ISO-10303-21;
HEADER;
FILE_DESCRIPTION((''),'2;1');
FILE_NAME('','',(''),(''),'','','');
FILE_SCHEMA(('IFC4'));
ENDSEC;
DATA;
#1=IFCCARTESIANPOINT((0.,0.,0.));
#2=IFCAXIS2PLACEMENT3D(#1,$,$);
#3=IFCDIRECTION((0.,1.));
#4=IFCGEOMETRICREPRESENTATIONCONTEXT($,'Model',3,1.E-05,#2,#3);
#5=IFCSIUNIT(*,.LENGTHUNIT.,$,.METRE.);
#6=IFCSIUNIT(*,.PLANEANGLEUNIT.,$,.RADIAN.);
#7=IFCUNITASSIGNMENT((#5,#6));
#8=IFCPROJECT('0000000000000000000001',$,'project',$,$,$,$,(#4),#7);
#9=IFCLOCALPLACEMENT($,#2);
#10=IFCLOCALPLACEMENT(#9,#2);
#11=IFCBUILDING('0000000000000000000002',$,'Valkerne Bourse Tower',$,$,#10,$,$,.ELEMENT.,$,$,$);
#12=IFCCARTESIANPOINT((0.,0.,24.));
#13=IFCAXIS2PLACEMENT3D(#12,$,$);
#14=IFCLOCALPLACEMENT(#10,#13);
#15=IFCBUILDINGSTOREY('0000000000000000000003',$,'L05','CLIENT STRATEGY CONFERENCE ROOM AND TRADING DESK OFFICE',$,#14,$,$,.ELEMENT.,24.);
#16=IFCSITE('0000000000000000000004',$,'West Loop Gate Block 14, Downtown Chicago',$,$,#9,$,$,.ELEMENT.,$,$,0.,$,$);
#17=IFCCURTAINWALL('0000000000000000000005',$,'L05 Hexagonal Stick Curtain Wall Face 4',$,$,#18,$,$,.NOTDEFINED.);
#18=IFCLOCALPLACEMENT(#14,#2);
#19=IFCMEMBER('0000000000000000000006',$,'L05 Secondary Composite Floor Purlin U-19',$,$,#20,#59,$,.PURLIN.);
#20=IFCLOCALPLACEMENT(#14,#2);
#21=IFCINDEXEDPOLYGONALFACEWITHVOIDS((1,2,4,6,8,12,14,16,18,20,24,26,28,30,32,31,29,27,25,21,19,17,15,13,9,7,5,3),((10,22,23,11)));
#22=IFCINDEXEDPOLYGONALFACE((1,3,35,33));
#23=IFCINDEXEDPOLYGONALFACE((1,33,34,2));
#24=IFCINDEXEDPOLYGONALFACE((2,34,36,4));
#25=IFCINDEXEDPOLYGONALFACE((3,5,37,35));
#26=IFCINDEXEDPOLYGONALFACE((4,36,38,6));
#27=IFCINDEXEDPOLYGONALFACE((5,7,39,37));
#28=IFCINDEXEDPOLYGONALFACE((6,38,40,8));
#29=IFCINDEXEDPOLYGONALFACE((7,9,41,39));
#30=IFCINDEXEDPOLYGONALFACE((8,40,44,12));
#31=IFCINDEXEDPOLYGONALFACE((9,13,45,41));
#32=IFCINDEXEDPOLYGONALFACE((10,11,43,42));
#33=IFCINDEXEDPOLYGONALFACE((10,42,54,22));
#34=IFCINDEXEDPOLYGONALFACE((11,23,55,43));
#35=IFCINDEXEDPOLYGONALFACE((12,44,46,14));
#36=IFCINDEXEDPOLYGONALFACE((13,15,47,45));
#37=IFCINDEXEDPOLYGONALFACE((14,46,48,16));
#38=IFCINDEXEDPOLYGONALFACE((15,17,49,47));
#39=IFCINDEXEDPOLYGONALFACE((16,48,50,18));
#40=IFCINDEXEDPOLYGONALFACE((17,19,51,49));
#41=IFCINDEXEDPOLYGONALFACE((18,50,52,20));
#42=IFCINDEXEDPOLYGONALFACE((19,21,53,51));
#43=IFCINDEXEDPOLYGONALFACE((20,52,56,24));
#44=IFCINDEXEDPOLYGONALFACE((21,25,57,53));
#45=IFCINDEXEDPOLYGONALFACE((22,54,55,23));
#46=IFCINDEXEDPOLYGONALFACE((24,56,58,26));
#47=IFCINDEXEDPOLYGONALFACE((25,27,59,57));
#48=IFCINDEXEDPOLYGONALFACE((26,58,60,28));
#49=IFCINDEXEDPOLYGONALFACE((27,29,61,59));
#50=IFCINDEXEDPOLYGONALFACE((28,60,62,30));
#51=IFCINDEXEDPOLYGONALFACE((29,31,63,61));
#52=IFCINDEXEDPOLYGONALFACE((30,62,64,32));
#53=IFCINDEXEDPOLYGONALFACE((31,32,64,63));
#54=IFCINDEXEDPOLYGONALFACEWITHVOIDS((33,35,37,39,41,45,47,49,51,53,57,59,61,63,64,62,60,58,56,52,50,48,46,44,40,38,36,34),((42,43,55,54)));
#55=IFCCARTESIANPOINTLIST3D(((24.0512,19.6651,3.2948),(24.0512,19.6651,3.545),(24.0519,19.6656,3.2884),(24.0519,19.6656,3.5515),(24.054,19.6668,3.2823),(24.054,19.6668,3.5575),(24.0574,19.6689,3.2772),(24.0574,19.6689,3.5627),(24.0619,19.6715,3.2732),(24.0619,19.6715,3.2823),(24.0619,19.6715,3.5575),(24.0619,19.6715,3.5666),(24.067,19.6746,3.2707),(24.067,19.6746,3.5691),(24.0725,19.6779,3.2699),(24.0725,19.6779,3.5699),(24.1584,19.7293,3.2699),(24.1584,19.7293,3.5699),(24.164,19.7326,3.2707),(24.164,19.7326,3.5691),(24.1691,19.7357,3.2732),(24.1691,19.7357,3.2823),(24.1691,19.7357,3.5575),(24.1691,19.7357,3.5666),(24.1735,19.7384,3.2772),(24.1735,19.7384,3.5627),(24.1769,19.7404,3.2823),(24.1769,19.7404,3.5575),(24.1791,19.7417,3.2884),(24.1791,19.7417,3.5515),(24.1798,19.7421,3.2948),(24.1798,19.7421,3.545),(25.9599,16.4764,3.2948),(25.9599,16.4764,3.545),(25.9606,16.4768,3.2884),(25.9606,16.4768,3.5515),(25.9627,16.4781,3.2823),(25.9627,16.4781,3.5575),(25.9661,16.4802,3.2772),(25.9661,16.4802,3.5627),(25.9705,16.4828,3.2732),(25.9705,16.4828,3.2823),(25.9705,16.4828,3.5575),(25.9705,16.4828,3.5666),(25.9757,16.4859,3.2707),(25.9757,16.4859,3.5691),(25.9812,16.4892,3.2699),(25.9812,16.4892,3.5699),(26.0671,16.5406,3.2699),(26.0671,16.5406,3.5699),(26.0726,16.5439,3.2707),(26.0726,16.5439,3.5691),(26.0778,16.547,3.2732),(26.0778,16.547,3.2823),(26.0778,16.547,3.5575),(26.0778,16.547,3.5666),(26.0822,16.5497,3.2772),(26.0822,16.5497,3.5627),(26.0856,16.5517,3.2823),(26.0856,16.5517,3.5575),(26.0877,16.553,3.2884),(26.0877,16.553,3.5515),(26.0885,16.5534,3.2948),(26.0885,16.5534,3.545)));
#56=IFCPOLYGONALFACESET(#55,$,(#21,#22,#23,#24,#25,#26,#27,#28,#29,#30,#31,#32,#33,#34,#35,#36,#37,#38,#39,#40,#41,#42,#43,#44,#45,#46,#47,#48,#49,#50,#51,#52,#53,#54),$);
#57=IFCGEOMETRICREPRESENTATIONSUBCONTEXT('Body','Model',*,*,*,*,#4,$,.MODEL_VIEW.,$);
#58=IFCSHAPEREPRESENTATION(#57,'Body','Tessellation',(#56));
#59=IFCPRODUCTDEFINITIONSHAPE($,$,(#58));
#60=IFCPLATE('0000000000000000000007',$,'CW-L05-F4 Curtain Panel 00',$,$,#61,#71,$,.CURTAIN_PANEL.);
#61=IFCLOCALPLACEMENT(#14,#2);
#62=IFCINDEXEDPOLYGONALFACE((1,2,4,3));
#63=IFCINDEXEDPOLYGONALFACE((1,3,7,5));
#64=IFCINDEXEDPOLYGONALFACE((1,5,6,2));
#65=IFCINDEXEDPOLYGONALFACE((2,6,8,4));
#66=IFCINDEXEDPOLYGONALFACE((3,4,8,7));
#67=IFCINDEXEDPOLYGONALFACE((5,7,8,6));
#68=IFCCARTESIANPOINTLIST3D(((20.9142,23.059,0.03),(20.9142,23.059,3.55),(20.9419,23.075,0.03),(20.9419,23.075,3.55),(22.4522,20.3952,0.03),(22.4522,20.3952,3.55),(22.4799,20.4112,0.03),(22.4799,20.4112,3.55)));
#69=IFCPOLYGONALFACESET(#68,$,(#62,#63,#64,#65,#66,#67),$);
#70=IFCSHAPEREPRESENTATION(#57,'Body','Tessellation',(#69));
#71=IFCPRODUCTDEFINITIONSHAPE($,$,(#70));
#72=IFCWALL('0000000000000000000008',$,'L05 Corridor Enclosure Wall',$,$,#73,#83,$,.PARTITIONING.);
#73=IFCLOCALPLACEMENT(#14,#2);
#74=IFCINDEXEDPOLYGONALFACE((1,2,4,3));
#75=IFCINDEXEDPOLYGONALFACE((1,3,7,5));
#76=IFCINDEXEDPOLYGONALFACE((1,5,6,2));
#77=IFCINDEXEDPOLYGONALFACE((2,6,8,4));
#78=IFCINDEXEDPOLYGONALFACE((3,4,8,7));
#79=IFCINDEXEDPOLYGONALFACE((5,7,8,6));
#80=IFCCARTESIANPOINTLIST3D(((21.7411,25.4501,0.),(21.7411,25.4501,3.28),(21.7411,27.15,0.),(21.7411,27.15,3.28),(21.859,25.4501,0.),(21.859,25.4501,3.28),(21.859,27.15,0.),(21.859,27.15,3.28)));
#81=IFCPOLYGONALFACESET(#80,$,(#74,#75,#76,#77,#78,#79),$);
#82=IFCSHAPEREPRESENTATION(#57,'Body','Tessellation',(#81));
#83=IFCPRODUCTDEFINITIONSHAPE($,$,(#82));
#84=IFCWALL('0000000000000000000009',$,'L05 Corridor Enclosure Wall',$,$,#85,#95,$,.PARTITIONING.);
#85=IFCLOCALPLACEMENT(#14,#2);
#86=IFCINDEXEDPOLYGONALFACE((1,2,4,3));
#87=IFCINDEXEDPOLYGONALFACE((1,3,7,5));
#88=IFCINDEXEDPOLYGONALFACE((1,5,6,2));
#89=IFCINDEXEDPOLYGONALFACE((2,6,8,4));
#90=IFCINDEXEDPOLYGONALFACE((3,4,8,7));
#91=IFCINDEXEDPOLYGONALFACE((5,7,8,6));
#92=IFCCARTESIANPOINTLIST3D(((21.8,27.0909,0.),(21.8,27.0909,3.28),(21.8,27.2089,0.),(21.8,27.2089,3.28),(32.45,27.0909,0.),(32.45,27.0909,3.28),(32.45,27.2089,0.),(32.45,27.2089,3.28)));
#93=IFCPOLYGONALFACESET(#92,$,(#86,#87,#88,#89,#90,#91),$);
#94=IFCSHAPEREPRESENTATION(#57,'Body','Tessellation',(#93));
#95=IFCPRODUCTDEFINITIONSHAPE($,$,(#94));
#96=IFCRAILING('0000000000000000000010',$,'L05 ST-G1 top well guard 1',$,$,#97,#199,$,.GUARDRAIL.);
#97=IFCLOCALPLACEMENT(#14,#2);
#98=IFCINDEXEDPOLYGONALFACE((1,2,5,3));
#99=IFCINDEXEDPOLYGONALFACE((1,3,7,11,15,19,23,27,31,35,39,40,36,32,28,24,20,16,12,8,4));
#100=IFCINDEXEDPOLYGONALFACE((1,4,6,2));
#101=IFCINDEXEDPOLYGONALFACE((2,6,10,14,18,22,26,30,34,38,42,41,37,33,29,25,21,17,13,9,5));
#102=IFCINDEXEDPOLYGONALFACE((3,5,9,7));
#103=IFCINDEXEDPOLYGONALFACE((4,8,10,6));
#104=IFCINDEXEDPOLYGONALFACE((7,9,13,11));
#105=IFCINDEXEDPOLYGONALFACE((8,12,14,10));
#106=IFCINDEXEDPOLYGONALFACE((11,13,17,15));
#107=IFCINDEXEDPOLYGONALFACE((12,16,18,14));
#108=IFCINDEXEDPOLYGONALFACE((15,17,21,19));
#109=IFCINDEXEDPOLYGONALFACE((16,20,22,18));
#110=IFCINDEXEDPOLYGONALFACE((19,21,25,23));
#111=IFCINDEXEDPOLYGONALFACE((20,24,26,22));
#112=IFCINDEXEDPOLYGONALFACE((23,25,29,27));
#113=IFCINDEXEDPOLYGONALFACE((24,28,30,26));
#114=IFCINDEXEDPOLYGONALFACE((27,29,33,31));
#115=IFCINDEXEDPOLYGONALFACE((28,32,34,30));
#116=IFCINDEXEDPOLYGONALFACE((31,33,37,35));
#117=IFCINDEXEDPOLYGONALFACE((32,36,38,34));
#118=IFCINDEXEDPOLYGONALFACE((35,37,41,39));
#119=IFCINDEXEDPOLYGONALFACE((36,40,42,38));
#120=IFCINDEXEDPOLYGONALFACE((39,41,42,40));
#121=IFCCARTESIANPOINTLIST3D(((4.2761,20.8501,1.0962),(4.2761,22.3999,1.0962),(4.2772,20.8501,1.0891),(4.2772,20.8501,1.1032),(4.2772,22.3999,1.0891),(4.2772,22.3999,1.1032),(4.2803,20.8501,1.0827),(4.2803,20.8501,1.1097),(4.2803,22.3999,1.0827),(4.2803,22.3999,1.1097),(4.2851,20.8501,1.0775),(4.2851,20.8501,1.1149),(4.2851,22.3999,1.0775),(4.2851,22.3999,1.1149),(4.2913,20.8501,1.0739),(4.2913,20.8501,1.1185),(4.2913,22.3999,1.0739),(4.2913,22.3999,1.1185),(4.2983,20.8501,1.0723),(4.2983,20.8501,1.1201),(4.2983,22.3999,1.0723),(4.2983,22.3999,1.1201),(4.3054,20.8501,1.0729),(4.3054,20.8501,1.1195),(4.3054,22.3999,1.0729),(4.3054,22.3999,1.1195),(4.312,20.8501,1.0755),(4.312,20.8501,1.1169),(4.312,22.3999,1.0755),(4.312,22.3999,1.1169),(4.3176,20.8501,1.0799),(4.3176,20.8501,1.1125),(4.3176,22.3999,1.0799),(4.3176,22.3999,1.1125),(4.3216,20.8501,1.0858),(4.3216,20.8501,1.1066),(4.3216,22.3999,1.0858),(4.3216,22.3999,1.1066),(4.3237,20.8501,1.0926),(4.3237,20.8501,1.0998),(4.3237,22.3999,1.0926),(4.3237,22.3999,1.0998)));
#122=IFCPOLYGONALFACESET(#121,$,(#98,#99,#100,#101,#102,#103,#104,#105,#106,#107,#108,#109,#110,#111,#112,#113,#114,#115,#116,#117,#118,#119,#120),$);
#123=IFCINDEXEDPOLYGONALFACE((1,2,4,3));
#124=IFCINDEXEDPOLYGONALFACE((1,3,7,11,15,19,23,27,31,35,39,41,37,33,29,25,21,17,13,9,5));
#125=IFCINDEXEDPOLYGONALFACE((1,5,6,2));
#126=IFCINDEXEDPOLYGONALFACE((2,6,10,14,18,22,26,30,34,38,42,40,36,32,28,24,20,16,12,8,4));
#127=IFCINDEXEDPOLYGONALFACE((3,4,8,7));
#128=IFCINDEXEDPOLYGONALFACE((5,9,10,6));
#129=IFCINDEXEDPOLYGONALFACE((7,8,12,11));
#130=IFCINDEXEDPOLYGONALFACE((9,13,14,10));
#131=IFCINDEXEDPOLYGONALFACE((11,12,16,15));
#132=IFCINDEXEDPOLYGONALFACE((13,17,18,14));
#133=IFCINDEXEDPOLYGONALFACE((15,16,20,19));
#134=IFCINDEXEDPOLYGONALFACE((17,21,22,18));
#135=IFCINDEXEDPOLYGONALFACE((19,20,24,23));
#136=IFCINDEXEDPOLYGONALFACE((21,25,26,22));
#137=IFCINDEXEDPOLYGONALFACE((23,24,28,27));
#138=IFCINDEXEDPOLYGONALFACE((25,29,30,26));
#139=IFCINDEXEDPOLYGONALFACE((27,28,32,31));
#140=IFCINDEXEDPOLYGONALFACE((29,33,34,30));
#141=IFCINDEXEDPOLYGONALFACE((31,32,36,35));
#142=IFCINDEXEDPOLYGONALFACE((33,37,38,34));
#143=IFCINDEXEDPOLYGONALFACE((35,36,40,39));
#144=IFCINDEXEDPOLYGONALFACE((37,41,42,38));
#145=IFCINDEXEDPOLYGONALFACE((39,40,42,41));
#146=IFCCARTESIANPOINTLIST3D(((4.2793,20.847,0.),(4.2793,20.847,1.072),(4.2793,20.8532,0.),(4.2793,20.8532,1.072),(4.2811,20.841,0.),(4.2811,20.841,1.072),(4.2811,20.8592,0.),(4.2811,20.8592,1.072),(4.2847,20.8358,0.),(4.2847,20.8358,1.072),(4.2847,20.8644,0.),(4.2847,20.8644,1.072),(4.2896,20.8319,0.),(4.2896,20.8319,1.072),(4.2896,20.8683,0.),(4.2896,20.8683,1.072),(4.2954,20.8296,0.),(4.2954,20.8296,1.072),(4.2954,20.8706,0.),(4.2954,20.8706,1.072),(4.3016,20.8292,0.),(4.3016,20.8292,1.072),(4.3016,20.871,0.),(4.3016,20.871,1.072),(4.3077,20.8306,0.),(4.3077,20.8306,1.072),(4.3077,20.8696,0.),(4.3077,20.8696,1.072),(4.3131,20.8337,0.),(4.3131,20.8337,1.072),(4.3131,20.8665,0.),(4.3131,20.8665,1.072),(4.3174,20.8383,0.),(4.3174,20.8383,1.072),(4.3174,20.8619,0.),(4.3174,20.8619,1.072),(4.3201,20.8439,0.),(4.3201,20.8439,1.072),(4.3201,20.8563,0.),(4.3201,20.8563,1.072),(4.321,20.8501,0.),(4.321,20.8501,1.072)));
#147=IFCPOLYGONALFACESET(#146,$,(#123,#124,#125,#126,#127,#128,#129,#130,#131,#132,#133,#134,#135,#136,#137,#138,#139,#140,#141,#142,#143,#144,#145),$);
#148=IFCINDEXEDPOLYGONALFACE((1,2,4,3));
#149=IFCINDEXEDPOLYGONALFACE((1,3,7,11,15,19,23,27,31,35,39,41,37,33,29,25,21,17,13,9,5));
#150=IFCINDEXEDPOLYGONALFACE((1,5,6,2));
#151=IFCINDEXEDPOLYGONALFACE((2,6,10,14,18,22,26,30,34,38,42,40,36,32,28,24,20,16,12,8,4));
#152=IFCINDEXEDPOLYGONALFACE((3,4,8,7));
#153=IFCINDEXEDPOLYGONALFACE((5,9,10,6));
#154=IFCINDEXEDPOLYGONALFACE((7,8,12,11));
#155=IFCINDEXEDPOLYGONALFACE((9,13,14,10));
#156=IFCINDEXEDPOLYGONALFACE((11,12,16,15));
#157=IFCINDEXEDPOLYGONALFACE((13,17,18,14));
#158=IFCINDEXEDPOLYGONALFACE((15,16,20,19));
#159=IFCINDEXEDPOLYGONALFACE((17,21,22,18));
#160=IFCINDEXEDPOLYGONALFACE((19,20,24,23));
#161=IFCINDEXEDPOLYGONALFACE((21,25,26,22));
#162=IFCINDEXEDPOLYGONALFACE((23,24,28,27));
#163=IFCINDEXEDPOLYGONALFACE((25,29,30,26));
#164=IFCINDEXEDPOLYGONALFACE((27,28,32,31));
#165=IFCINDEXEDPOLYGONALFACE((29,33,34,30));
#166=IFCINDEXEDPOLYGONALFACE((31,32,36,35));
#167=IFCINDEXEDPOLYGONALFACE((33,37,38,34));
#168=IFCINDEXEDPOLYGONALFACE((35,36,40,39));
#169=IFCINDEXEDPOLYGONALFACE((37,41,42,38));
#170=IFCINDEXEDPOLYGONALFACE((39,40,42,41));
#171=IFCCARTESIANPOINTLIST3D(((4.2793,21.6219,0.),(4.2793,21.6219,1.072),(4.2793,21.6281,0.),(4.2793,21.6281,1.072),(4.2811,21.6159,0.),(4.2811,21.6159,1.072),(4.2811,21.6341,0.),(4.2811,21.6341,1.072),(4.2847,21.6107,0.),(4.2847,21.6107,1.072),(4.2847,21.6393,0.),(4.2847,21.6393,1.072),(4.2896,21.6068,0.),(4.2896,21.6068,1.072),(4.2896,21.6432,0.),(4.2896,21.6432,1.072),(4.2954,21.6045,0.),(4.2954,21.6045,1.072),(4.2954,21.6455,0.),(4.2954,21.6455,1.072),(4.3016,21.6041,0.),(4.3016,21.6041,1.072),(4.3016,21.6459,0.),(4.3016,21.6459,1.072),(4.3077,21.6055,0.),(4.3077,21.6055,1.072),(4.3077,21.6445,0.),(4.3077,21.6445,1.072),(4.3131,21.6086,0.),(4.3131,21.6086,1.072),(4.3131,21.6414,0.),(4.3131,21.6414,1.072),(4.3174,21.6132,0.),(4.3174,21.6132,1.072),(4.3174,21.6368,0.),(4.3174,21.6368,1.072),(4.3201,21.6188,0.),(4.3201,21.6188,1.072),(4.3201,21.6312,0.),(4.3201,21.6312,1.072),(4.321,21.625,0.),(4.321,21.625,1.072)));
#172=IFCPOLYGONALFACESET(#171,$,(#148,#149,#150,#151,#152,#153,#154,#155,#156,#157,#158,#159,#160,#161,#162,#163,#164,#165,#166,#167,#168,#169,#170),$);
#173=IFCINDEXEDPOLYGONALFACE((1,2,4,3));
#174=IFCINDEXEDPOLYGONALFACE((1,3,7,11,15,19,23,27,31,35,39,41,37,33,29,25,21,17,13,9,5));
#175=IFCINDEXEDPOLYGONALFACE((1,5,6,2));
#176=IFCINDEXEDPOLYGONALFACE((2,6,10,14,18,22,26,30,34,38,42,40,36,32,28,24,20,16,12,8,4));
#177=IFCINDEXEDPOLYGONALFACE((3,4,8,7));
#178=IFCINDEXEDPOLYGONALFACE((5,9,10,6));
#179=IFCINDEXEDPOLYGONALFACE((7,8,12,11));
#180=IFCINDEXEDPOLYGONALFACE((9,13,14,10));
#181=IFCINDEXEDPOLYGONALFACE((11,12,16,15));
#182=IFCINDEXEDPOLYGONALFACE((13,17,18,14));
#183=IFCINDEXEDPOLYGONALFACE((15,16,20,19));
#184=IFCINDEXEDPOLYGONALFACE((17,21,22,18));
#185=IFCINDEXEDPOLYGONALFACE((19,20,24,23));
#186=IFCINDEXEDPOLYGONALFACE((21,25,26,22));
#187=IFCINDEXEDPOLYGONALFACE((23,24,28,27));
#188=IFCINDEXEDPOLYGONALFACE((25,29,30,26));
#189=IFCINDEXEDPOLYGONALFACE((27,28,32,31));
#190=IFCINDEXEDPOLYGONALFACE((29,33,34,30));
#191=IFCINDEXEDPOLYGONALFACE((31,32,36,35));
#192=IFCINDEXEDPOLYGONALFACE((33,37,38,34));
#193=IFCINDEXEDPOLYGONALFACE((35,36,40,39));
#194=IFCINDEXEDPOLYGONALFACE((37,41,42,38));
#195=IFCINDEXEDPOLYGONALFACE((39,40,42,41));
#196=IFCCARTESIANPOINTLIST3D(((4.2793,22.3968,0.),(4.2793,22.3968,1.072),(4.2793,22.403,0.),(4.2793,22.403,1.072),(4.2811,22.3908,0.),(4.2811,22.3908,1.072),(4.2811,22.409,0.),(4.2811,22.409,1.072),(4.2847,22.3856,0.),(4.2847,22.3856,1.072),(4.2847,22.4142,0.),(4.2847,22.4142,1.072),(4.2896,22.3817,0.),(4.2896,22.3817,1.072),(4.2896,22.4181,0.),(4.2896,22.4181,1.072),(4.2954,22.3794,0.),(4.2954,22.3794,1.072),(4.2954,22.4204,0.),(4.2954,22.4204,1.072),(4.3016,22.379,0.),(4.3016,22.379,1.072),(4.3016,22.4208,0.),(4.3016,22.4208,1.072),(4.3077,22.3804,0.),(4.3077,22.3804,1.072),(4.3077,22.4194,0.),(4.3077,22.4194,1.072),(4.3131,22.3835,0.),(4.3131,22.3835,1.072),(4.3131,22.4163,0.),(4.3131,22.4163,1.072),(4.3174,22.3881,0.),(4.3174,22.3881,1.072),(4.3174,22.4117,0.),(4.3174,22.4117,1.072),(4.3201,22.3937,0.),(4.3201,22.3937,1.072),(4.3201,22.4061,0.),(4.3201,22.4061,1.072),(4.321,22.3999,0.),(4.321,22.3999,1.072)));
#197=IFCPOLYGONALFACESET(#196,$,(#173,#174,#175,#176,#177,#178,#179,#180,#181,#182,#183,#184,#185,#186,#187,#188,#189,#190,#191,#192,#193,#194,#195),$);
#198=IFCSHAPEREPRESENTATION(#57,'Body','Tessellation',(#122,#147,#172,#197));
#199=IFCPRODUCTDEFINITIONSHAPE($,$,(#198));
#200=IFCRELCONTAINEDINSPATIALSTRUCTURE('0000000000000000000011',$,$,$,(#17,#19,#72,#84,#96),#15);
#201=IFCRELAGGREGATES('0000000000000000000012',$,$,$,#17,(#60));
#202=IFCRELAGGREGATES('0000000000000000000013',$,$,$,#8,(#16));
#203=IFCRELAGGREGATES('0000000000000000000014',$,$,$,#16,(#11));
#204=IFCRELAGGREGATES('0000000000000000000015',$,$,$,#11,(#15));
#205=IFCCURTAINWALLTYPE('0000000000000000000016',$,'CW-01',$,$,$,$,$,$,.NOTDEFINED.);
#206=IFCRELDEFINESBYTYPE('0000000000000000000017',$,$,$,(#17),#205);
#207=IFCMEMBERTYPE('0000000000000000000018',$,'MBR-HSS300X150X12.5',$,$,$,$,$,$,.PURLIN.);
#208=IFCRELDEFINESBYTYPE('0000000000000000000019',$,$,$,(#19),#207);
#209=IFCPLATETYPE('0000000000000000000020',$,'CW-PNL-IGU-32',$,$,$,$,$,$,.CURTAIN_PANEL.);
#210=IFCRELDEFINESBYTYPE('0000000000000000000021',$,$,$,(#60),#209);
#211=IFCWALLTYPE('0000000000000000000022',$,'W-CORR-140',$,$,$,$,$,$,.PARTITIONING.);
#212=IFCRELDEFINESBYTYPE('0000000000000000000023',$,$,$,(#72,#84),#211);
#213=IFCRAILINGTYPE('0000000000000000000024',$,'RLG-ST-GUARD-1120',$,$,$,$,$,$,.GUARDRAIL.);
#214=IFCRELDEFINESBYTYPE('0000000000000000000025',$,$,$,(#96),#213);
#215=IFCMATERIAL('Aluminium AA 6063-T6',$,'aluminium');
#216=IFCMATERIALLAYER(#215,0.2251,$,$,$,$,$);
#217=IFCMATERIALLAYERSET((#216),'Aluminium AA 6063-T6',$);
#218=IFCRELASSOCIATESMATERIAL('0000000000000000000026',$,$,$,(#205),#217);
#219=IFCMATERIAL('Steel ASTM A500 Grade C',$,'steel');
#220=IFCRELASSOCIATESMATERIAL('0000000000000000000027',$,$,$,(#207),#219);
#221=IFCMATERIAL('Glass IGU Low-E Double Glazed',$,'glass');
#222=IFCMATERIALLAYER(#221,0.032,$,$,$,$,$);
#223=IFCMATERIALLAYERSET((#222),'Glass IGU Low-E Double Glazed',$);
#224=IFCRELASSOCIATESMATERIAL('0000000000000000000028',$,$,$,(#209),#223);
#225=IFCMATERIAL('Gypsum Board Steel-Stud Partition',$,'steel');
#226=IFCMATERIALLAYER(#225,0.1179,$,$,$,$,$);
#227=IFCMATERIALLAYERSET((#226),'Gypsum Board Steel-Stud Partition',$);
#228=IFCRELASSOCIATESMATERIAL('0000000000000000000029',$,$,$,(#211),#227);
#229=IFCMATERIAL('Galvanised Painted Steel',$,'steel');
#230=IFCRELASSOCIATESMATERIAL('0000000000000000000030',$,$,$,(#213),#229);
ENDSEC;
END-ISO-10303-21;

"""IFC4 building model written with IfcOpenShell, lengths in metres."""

from ifc_helpers import new_model, si_unit, direction, frame, frame_2d, origin, origin_2d, place, context, subcontext, project, spatial, rectangle, hollow_rectangle, circle, extrude, material, layer, layer_set, material_profile, profile_set, type_object, element, aggregate, save


model = new_model("IFC4")

# Units and contexts
model_context = context("Model", 3, precision=1e-05, world=origin(), true_north=direction((0.0, 1.0)))
body_context = subcontext(model_context, "Body", "Model", "MODEL_VIEW")
ifc_project = project(units=[si_unit("LENGTHUNIT", "METRE"), si_unit("PLANEANGLEUNIT", "RADIAN")], contexts=[model_context])

# Site, building, storey
site_placement = place(None, origin())
site = spatial("IfcSite", under=ifc_project, at=site_placement, Name="West Loop Gate Block 14, Downtown Chicago", CompositionType="ELEMENT", RefElevation=0.0)
building_placement = place(site_placement, origin())
building = spatial("IfcBuilding", under=site, at=building_placement, Name="Valkerne Bourse Tower", CompositionType="ELEMENT")
storey_placement = place(building_placement, frame((0.0, 0.0, 24.0)))
storey = spatial("IfcBuildingStorey", under=building, at=storey_placement, Name="L05", Description="CLIENT STRATEGY CONFERENCE ROOM AND TRADING DESK OFFICE", CompositionType="ELEMENT", Elevation=24.0)

# Shared definitions
ifc_material_1 = material(Name="Aluminium AA 6063-T6", Category="aluminium")
ifc_layer_1 = layer(ifc_material_1, 0.2251)
ifc_layer_set_1 = layer_set([ifc_layer_1], Name="Aluminium AA 6063-T6")
curtain_wall_type = type_object("IfcCurtainWallType", Name="CW-01", PredefinedType="NOTDEFINED", material=ifc_layer_set_1)

# Curtain wall
curtain_wall_1_placement = place(storey_placement, origin())
curtain_wall_1 = element("IfcCurtainWall", 1, at=curtain_wall_1_placement, inside=storey, type_object=curtain_wall_type, Name="L05 Hexagonal Stick Curtain Wall Face 4", PredefinedType="NOTDEFINED")

# Member
ifc_material_2 = material(Name="Steel ASTM A500 Grade C", Category="steel")
ifc_material_profile_1 = material_profile(ifc_material_2, hollow_rectangle(XDim=0.1499, YDim=0.3, WallThickness=0.0125, OuterFilletRadius=0.0249, at=origin_2d()), Name="HSS300X150X12.5")
ifc_profile_set_1 = profile_set([ifc_material_profile_1], Name="Steel ASTM A500 Grade C")
member_type_1 = type_object("IfcMemberType", Name="MBR-HSS300X150X12.5", PredefinedType="PURLIN", material=ifc_profile_set_1)
member_1_placement = place(storey_placement, frame((24.1155, 19.7036, 3.4199), z_axis=(0.513597, -0.858032, 0.0), x_axis=(0.858032, 0.513597, 0.0)))
element("IfcMember", 2, at=member_1_placement, inside=storey, type_object=member_type_1, Name="L05 Secondary Composite Floor Purlin U-19", PredefinedType="PURLIN", context=body_context, shape_type="SweptSolid", body=[
    extrude(hollow_rectangle(XDim=0.1499, YDim=0.3, WallThickness=0.0125, OuterFilletRadius=0.0249, at=origin_2d()), origin(), (0.0, 0.0, 1.0), 3.7163),
])

# Plate
ifc_material_3 = material(Name="Glass IGU Low-E Double Glazed", Category="glass")
ifc_layer_2 = layer(ifc_material_3, 0.032)
ifc_layer_set_2 = layer_set([ifc_layer_2], Name="Glass IGU Low-E Double Glazed")
plate_type = type_object("IfcPlateType", Name="CW-PNL-IGU-32", PredefinedType="CURTAIN_PANEL", material=ifc_layer_set_2)
plate_placement = place(storey_placement, frame((21.697, 21.7351, 0.03), z_axis=(0.0, 0.0, 1.0), x_axis=(0.500004, -0.866023, 0.0)))
plate = element("IfcPlate", 3, at=plate_placement, type_object=plate_type, Name="CW-L05-F4 Curtain Panel 00", PredefinedType="CURTAIN_PANEL", context=body_context, shape_type="SweptSolid", body=[
    extrude(rectangle(XDim=3.0759, YDim=0.032, at=origin_2d()), origin(), (0.0, 0.0, 1.0), 3.52),
])
aggregate(curtain_wall_1, [plate])

# Walls
ifc_material_4 = material(Name="Gypsum Board Steel-Stud Partition", Category="steel")
ifc_layer_3 = layer(ifc_material_4, 0.1179)
ifc_layer_set_3 = layer_set([ifc_layer_3], Name="Gypsum Board Steel-Stud Partition")
wall_type = type_object("IfcWallType", Name="W-CORR-140", PredefinedType="PARTITIONING", material=ifc_layer_set_3)
wall_1_placement = place(storey_placement, frame((21.8, 25.45, 0.0), z_axis=(0.0, 0.0, 1.0), x_axis=(0.0, 1.0, 0.0)))
element("IfcWall", 4, at=wall_1_placement, inside=storey, type_object=wall_type, Name="L05 Corridor Enclosure Wall", PredefinedType="PARTITIONING", context=body_context, shape_type="SweptSolid", body=[
    extrude(rectangle(XDim=1.7, YDim=0.1179, at=frame_2d((0.8501, 0.0))), origin(), (0.0, 0.0, 1.0), 3.28),
])
wall_2_placement = place(storey_placement, frame((21.8, 27.1499, 0.0), z_axis=(0.0, 0.0, 1.0), x_axis=(1.0, 0.0, 0.0)))
element("IfcWall", 5, at=wall_2_placement, inside=storey, type_object=wall_type, Name="L05 Corridor Enclosure Wall", PredefinedType="PARTITIONING", context=body_context, shape_type="SweptSolid", body=[
    extrude(rectangle(XDim=10.6499, YDim=0.1179, at=frame_2d((5.325, 0.0))), origin(), (0.0, 0.0, 1.0), 3.28),
])

# Railing
ifc_material_5 = material(Name="Galvanised Painted Steel", Category="steel")
railing_type = type_object("IfcRailingType", Name="RLG-ST-GUARD-1120", PredefinedType="GUARDRAIL", material=ifc_material_5)
railing_1_placement = place(storey_placement, frame((4.3, 20.8501, 0.0)))
element("IfcRailing", 6, at=railing_1_placement, inside=storey, type_object=railing_type, Name="L05 ST-G1 top well guard 1", PredefinedType="GUARDRAIL", context=body_context, shape_type="SweptSolid", body=[
    extrude(circle(Radius=0.0239, at=origin_2d()), frame((0.0, 0.0, 1.0962), z_axis=(0.0, 1.0, 0.0), x_axis=(-1.0, 0.0, 0.0)), (0.0, 0.0, 1.0), 1.5498),
    extrude(circle(Radius=0.021, at=origin_2d()), origin(), (0.0, 0.0, 1.0), 1.072),
    extrude(circle(Radius=0.021, at=origin_2d()), frame((0.0, 0.7749, 0.0)), (0.0, 0.0, 1.0), 1.072),
    extrude(circle(Radius=0.021, at=origin_2d()), frame((0.0, 1.5498, 0.0)), (0.0, 0.0, 1.0), 1.072),
])

save(model, "model.ifc")
